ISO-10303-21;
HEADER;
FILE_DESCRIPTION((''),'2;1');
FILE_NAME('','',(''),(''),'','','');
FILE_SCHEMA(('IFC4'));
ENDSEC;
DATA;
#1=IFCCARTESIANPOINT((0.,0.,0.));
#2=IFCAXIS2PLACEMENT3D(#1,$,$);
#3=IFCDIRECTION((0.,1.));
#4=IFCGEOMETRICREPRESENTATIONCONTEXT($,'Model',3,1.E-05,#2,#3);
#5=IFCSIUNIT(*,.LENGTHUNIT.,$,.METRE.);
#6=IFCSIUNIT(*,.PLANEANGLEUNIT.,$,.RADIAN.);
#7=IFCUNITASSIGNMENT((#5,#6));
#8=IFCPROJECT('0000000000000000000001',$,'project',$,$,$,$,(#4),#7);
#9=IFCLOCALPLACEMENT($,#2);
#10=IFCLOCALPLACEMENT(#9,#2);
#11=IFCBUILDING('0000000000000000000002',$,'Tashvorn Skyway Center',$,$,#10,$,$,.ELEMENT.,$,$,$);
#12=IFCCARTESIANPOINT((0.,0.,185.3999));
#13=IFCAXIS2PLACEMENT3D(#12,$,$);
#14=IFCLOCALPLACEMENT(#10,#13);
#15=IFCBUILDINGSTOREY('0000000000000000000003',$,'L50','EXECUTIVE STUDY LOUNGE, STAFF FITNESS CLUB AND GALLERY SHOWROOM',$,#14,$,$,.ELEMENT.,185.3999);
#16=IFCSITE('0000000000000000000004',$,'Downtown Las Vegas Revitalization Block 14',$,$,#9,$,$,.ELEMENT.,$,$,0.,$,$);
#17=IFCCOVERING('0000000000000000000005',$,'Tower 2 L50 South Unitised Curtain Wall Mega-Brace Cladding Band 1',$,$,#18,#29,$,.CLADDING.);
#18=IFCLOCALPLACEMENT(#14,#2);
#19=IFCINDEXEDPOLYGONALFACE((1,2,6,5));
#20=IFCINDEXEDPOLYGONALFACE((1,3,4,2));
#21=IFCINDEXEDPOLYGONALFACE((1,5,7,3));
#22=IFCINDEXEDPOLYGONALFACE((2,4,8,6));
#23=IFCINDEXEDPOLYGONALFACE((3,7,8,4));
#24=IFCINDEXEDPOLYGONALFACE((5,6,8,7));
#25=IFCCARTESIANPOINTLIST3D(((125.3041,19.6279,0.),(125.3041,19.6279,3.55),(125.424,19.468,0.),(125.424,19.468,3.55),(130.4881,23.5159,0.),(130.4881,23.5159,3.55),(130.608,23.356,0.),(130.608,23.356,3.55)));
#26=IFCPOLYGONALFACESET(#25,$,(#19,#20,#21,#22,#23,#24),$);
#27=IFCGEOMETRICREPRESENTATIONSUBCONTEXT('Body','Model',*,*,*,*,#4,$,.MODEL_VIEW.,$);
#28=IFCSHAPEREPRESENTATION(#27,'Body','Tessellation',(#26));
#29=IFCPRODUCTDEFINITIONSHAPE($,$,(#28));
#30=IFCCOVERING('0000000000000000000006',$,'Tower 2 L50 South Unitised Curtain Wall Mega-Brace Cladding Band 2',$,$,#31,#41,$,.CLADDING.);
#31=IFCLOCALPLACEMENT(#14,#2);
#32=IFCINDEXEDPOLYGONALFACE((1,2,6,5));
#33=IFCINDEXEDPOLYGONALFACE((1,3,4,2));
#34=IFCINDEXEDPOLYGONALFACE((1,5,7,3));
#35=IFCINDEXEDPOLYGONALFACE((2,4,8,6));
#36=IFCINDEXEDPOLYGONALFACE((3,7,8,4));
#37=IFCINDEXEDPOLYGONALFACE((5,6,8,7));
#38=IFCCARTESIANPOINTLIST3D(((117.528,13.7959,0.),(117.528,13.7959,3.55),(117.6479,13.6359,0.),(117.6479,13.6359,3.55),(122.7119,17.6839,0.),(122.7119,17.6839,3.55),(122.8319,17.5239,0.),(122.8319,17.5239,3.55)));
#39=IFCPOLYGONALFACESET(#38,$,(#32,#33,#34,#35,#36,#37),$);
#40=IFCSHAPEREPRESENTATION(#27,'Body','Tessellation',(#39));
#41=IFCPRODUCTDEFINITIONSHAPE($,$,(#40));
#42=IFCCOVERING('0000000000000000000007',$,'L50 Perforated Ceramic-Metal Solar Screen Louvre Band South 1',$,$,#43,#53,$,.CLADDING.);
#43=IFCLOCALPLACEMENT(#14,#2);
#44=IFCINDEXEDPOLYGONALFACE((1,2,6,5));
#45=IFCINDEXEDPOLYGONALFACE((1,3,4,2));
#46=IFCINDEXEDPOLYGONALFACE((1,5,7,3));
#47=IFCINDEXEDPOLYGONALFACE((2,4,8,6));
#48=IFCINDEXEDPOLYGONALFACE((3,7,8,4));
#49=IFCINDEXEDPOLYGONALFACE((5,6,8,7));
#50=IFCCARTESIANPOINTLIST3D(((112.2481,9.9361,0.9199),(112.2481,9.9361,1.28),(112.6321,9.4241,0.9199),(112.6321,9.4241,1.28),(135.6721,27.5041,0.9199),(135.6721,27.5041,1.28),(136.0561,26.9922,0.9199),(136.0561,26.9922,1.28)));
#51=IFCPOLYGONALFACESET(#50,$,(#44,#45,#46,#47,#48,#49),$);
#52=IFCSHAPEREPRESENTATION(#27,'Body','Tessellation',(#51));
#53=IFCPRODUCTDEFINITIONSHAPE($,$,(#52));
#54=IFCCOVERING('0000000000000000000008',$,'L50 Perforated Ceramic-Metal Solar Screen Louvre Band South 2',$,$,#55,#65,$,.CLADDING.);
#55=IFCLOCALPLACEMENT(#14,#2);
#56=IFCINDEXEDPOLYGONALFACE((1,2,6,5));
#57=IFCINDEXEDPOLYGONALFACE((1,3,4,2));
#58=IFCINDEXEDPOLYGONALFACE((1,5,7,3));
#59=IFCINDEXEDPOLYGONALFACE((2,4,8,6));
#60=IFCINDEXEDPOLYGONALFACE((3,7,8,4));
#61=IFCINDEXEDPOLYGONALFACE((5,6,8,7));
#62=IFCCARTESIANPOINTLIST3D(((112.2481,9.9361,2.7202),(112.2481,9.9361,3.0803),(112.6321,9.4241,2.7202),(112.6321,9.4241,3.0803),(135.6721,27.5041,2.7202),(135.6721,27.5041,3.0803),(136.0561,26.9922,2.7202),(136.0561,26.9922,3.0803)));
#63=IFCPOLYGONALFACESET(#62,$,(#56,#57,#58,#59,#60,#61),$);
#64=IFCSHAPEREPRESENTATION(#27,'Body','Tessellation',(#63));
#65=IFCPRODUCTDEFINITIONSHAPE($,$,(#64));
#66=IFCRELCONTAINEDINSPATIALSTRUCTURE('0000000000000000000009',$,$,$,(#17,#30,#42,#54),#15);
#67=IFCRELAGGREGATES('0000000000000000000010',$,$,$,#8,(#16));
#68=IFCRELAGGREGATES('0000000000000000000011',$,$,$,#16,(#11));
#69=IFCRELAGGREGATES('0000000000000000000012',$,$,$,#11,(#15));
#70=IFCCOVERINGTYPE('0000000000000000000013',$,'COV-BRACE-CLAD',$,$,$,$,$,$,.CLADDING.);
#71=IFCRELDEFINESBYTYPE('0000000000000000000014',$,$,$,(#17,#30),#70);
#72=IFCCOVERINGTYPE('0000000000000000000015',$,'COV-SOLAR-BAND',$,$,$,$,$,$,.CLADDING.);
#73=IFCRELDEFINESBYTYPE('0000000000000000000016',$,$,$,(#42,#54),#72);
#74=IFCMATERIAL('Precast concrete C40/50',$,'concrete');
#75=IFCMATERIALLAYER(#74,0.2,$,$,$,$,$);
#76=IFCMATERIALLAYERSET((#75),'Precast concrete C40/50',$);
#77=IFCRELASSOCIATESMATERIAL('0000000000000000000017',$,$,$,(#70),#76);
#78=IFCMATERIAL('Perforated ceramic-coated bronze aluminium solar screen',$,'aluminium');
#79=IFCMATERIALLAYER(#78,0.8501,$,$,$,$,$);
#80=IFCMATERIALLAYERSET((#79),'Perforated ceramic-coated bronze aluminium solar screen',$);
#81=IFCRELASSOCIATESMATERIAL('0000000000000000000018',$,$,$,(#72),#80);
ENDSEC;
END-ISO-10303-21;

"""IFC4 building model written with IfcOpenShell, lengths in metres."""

from ifc_helpers import new_model, si_unit, direction, frame, origin, origin_2d, place, context, subcontext, project, spatial, rectangle, extrude, material, layer, layer_set, type_object, element, save


model = new_model("IFC4")

# Units and contexts
model_context = context("Model", 3, precision=1e-05, world=origin(), true_north=direction((0.0, 1.0)))
body_context = subcontext(model_context, "Body", "Model", "MODEL_VIEW")
ifc_project = project(units=[si_unit("LENGTHUNIT", "METRE"), si_unit("PLANEANGLEUNIT", "RADIAN")], contexts=[model_context])

# Site, building, storey
site_placement = place(None, origin())
site = spatial("IfcSite", under=ifc_project, at=site_placement, Name="Downtown Las Vegas Revitalization Block 14", CompositionType="ELEMENT", RefElevation=0.0)
building_placement = place(site_placement, origin())
building = spatial("IfcBuilding", under=site, at=building_placement, Name="Tashvorn Skyway Center", CompositionType="ELEMENT")
storey_placement = place(building_placement, frame((0.0, 0.0, 185.3999)))
storey = spatial("IfcBuildingStorey", under=building, at=storey_placement, Name="L50", Description="EXECUTIVE STUDY LOUNGE, STAFF FITNESS CLUB AND GALLERY SHOWROOM", CompositionType="ELEMENT", Elevation=185.3999)

# Coverings
ifc_material_1 = material(Name="Precast concrete C40/50", Category="concrete")
ifc_layer_1 = layer(ifc_material_1, 0.2)
ifc_layer_set_1 = layer_set([ifc_layer_1], Name="Precast concrete C40/50")
covering_type_1 = type_object("IfcCoveringType", Name="COV-BRACE-CLAD", PredefinedType="CLADDING", material=ifc_layer_set_1)
for number, where, z_axis, x_axis, name in (
    (1, (127.9561, 21.4919, 0.0), (0.0, 0.0, 1.0), (-0.8, -0.6, 0.0), "Tower 2 L50 South Unitised Curtain Wall Mega-Brace Cladding Band 1"),
    (2, (120.1799, 15.6599, 0.0), (0.0, 0.0, 1.0), (-0.8, -0.6, 0.0), "Tower 2 L50 South Unitised Curtain Wall Mega-Brace Cladding Band 2"),
):
    element("IfcCovering", number, at=place(storey_placement, frame(where, z_axis=z_axis, x_axis=x_axis)), inside=storey, type_object=covering_type_1, Name=name, PredefinedType="CLADDING", context=body_context, shape_type="SweptSolid", body=[
        extrude(rectangle(XDim=6.48, YDim=0.2, at=origin_2d()), origin(), (0.0, 0.0, 1.0), 3.55),
    ])
ifc_material_2 = material(Name="Perforated ceramic-coated bronze aluminium solar screen", Category="aluminium")
ifc_layer_2 = layer(ifc_material_2, 0.8501)
ifc_layer_set_2 = layer_set([ifc_layer_2], Name="Perforated ceramic-coated bronze aluminium solar screen")
covering_type_2 = type_object("IfcCoveringType", Name="COV-SOLAR-BAND", PredefinedType="CLADDING", material=ifc_layer_set_2)
for number, where, z_axis, x_axis, name in (
    (3, (124.1521, 18.4641, 0.9199), (0.0, 0.0, 1.0), (-0.8, -0.6, 0.0), "L50 Perforated Ceramic-Metal Solar Screen Louvre Band South 1"),
    (4, (124.1521, 18.4641, 2.7202), (0.0, 0.0, 1.0), (-0.8, -0.6, 0.0), "L50 Perforated Ceramic-Metal Solar Screen Louvre Band South 2"),
):
    element("IfcCovering", number, at=place(storey_placement, frame(where, z_axis=z_axis, x_axis=x_axis)), inside=storey, type_object=covering_type_2, Name=name, PredefinedType="CLADDING", context=body_context, shape_type="SweptSolid", body=[
        extrude(rectangle(XDim=29.28, YDim=0.6399, at=origin_2d()), origin(), (0.0, 0.0, 1.0), 0.3601),
    ])

save(model, "model.ifc")
